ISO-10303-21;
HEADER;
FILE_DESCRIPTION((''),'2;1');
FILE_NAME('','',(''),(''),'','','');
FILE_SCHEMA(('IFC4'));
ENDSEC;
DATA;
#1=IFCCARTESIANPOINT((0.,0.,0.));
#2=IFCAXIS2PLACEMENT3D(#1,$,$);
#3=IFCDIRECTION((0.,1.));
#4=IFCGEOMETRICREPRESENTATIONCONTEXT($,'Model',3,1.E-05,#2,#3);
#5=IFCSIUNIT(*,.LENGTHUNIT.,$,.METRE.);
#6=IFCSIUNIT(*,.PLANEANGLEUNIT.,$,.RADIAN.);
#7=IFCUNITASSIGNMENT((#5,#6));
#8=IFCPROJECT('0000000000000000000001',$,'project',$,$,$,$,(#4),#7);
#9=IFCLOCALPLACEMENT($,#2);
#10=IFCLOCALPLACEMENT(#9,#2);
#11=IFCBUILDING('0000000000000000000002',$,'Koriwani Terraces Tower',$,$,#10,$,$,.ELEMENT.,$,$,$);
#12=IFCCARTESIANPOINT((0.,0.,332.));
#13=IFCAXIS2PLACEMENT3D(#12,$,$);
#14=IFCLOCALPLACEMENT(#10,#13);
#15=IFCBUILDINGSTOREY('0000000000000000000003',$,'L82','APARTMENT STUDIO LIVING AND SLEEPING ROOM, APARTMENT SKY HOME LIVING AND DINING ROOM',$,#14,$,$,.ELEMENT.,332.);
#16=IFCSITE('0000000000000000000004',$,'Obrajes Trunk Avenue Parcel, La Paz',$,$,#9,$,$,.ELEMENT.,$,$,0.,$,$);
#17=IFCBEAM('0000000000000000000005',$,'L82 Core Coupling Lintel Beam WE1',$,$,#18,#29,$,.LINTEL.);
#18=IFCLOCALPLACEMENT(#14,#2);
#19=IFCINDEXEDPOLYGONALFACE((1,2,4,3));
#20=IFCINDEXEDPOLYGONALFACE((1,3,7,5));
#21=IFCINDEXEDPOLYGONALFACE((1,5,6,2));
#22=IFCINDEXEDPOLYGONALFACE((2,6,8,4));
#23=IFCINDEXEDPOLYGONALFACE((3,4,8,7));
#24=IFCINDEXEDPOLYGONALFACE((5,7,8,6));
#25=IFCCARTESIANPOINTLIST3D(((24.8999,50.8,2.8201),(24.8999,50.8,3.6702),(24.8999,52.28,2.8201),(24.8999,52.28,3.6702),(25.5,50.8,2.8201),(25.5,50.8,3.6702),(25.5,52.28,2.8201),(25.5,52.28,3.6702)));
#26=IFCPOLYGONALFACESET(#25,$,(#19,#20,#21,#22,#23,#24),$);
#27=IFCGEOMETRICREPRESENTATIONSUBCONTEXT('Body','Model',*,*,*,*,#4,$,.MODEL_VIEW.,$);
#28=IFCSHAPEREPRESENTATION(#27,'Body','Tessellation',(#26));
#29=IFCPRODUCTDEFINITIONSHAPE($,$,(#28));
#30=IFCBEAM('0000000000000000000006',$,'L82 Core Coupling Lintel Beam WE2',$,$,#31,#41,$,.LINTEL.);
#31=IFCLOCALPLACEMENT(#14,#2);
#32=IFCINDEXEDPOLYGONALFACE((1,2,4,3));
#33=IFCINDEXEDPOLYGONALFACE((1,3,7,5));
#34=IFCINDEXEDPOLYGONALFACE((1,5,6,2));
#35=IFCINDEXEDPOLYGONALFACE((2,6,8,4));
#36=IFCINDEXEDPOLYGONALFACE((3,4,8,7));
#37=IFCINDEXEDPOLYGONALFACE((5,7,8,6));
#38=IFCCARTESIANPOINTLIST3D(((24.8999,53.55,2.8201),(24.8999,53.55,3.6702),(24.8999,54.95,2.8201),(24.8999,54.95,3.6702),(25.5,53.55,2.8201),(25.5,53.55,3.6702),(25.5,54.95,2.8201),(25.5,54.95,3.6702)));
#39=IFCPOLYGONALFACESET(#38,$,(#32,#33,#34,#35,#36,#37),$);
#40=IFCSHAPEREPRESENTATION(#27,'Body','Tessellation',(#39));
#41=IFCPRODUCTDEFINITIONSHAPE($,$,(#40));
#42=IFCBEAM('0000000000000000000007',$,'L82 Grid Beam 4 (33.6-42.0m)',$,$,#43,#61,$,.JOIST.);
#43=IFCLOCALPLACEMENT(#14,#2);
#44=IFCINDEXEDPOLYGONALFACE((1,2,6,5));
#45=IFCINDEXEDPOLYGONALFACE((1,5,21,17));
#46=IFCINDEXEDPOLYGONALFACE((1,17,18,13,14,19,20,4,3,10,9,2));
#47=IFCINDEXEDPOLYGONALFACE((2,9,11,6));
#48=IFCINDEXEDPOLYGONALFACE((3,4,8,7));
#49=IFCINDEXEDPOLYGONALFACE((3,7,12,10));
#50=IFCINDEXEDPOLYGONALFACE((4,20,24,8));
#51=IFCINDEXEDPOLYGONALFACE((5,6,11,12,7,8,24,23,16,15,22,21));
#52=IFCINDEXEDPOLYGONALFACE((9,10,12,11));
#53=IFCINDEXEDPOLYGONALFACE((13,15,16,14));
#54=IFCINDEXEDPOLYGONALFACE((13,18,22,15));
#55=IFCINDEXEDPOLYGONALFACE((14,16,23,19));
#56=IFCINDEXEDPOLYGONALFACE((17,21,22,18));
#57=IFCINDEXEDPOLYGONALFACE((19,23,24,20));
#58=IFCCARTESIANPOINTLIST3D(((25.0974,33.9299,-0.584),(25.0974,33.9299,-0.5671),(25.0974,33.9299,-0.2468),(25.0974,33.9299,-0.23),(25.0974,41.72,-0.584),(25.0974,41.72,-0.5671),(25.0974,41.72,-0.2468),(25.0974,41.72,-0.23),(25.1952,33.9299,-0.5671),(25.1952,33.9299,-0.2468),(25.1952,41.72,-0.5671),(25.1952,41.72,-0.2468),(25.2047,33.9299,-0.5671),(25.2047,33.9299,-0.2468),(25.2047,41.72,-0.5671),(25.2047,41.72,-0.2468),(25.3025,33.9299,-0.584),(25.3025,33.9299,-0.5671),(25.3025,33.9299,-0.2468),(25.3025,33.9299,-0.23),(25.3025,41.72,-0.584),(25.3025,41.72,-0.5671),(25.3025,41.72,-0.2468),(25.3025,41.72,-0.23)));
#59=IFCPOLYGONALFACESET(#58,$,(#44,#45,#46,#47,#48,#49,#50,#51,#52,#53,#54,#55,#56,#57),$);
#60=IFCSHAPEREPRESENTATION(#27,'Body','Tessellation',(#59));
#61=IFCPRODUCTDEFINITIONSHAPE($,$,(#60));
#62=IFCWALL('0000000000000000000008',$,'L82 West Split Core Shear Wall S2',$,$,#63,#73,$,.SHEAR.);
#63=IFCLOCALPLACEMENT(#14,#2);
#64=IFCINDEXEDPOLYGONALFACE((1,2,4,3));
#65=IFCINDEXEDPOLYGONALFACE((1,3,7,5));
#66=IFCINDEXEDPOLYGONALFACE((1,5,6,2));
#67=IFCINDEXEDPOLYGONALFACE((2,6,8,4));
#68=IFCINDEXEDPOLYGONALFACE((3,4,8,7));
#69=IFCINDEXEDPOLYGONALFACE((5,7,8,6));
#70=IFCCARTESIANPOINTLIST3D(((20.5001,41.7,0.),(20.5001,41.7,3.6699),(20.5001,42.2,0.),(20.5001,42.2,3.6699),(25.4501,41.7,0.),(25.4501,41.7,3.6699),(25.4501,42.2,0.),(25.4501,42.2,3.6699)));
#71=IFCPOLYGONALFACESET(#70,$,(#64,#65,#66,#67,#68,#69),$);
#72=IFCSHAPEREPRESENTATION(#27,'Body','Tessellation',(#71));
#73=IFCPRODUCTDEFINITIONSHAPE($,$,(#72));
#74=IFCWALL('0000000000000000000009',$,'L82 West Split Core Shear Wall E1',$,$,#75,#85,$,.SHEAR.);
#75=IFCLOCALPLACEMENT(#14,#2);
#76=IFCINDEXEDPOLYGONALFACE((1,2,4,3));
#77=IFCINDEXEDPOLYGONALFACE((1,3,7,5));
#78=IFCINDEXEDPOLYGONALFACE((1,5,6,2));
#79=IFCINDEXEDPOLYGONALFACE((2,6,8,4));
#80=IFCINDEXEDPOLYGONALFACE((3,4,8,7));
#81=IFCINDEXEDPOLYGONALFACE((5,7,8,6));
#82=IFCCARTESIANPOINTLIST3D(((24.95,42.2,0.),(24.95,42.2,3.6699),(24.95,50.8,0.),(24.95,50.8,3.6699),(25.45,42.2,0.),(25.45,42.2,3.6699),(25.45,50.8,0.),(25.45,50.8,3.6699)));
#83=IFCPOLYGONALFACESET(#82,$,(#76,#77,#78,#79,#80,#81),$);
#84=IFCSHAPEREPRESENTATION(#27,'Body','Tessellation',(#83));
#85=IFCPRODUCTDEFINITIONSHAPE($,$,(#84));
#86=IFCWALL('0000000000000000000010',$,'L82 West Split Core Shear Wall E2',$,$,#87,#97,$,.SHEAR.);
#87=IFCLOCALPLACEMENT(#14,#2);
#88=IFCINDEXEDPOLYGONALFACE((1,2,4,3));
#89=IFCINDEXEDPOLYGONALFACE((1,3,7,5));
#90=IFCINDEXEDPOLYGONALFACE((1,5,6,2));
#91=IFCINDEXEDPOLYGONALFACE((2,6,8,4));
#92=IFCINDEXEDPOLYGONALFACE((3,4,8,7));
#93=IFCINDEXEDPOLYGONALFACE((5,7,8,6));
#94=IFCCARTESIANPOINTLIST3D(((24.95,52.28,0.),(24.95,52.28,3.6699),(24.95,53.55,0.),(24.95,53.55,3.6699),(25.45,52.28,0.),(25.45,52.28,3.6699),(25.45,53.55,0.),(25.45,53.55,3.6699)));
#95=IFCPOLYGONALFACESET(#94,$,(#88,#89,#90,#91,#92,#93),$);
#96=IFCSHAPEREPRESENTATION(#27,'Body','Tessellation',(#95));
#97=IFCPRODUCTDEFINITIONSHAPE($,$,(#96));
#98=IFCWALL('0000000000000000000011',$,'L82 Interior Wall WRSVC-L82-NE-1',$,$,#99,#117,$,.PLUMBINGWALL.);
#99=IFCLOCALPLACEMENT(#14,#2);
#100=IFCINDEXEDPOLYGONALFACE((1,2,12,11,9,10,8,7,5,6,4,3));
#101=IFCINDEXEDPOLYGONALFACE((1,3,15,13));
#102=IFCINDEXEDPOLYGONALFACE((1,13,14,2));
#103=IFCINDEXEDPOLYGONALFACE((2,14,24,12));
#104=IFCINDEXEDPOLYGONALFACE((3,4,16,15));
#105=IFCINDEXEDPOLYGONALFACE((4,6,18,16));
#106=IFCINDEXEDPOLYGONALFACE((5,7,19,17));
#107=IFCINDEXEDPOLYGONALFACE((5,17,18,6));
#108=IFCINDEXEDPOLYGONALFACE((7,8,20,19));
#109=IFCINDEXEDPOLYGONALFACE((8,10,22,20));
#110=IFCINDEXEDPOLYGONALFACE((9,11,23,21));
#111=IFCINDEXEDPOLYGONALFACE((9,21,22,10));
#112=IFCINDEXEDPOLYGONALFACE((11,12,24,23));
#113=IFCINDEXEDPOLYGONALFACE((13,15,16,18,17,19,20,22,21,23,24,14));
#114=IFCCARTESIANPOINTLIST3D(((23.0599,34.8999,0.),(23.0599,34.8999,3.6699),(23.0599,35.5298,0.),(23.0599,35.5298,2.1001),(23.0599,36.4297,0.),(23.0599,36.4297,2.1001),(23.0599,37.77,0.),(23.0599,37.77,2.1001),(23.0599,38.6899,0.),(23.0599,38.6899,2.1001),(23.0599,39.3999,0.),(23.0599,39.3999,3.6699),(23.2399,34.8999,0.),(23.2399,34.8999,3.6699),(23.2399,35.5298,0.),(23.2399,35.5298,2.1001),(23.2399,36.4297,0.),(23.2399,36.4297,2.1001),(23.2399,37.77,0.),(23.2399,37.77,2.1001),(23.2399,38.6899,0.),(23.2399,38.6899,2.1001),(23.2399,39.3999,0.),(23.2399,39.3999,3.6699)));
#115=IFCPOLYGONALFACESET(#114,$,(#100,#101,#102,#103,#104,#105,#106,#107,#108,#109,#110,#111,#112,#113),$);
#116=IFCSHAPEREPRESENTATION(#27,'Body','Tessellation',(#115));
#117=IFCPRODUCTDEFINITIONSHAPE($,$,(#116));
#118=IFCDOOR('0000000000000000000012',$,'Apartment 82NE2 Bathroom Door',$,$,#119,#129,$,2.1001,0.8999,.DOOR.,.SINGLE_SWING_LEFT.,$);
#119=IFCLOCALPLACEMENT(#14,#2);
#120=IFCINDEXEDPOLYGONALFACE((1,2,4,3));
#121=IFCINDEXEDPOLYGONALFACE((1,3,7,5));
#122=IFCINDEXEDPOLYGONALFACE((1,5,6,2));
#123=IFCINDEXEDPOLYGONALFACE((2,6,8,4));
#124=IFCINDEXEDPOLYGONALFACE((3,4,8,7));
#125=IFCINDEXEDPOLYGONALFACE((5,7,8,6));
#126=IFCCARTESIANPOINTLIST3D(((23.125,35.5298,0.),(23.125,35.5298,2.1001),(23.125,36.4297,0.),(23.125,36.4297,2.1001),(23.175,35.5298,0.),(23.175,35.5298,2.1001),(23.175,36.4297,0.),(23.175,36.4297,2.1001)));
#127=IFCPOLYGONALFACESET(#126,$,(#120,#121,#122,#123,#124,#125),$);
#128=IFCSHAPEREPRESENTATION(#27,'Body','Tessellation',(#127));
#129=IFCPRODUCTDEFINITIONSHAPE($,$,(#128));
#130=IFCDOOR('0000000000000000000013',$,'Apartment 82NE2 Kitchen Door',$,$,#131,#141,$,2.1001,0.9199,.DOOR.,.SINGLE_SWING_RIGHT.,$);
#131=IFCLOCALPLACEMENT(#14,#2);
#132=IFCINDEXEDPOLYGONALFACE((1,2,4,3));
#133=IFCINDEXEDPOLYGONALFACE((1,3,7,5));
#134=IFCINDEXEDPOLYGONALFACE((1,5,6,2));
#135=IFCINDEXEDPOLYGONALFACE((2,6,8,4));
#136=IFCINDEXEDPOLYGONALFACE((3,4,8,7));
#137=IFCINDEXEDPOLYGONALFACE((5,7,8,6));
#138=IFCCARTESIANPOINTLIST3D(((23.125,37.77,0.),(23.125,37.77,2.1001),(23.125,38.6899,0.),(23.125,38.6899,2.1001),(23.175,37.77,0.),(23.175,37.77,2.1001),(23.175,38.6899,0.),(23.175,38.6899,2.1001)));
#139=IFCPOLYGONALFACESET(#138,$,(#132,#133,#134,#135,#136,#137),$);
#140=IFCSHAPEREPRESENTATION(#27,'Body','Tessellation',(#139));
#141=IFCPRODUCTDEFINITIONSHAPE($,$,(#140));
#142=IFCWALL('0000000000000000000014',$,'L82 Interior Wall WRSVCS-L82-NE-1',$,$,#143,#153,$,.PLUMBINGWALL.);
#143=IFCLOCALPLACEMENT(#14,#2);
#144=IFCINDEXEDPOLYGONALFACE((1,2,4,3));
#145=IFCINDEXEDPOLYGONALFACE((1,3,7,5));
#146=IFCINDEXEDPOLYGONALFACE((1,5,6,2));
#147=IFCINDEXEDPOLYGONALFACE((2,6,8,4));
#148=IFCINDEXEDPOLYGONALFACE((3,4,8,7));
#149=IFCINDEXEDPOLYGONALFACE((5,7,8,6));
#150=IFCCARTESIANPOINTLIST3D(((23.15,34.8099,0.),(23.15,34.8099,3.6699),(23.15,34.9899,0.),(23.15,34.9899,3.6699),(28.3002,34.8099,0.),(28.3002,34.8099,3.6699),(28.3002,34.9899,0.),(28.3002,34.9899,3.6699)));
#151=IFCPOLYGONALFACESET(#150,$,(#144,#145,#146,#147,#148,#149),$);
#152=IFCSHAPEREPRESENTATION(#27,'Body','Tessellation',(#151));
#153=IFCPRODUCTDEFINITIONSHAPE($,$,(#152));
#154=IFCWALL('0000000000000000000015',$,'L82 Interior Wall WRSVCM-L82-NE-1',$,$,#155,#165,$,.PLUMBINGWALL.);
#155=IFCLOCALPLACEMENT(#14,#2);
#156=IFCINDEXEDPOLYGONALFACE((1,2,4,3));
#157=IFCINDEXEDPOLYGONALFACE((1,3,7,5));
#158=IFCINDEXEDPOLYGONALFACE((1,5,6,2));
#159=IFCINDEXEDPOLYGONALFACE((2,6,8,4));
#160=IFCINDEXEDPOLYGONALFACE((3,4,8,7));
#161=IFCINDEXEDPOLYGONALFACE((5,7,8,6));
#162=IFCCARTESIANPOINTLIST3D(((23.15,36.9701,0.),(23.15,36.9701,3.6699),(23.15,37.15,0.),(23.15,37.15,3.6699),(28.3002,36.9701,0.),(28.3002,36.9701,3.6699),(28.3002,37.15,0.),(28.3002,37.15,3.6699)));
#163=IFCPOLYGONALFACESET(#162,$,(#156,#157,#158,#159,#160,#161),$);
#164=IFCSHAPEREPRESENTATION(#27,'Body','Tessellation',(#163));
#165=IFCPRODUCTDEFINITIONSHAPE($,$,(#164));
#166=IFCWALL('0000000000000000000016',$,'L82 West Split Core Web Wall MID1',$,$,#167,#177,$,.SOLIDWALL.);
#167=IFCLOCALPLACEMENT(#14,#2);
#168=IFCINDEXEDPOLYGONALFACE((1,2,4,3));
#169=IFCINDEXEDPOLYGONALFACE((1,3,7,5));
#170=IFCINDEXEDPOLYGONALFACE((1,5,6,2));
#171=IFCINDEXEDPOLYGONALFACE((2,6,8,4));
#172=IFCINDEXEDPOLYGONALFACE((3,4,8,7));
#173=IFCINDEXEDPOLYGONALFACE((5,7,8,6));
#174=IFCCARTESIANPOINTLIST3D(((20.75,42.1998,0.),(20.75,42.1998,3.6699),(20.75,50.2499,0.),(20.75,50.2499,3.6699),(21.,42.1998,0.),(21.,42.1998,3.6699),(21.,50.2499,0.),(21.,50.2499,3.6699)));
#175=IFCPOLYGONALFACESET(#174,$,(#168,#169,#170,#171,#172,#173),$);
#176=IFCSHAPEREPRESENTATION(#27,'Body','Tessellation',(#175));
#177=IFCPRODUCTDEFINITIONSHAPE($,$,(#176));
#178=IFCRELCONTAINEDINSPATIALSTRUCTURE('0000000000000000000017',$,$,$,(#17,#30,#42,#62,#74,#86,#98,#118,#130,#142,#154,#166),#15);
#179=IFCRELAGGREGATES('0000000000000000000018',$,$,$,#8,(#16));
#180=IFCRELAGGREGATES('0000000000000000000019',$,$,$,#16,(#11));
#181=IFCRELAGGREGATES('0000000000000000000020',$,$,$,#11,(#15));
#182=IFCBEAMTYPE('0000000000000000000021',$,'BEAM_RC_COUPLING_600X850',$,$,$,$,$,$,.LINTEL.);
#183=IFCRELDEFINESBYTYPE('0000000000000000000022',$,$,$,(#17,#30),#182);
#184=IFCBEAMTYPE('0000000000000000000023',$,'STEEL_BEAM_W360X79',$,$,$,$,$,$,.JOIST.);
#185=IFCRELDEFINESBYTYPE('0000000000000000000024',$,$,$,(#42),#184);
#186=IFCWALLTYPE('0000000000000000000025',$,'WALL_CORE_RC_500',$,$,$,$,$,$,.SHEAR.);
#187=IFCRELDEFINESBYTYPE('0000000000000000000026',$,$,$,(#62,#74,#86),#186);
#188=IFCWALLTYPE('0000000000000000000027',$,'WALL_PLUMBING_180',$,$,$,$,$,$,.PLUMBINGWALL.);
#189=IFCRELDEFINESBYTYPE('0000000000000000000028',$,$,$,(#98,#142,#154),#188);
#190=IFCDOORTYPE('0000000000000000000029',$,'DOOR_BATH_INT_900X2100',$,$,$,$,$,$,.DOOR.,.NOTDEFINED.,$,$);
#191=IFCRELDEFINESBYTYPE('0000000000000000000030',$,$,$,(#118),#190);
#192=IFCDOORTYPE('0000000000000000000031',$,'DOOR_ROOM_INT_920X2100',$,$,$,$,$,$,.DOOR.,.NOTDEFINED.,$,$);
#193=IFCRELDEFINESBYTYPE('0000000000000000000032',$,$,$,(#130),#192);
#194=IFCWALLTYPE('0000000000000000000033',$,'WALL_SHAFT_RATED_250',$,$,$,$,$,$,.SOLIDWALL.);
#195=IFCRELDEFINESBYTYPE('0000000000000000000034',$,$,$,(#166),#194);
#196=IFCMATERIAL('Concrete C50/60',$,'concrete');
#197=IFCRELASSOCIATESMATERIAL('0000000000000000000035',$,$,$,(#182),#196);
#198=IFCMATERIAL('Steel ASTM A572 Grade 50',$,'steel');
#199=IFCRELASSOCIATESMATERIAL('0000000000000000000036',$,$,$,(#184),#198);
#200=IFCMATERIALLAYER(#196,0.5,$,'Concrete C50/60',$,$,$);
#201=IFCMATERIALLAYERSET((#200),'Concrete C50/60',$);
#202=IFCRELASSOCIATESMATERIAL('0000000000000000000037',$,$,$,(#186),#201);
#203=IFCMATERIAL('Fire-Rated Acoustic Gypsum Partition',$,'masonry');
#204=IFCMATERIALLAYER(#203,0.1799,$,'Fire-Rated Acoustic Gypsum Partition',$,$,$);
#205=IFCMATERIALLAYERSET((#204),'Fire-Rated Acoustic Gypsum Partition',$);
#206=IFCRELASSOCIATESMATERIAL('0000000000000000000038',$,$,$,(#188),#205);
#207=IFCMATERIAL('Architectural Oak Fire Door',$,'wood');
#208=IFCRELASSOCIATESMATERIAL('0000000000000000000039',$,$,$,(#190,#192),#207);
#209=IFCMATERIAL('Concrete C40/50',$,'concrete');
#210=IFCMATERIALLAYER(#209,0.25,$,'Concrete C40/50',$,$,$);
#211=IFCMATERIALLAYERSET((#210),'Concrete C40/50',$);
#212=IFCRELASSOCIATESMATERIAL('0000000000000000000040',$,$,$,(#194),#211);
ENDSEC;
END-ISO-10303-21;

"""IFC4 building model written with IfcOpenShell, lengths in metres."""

from ifc_helpers import new_model, si_unit, direction, frame, frame_2d, origin, origin_2d, place, context, subcontext, project, spatial, rectangle, i_section, extrude, material, layer, layer_set, material_profile, profile_set, type_object, element, fill, save


model = new_model("IFC4")

# Units and contexts
model_context = context("Model", 3, precision=1e-05, world=origin(), true_north=direction((0.0, 1.0)))
body_context = subcontext(model_context, "Body", "Model", "MODEL_VIEW")
ifc_project = project(units=[si_unit("LENGTHUNIT", "METRE"), si_unit("PLANEANGLEUNIT", "RADIAN")], contexts=[model_context])

# Site, building, storey
site_placement = place(None, origin())
site = spatial("IfcSite", under=ifc_project, at=site_placement, Name="Obrajes Trunk Avenue Parcel, La Paz", CompositionType="ELEMENT", RefElevation=0.0)
building_placement = place(site_placement, origin())
building = spatial("IfcBuilding", under=site, at=building_placement, Name="Koriwani Terraces Tower", CompositionType="ELEMENT")
storey_placement = place(building_placement, frame((0.0, 0.0, 332.0)))
storey = spatial("IfcBuildingStorey", under=building, at=storey_placement, Name="L82", Description="APARTMENT STUDIO LIVING AND SLEEPING ROOM, APARTMENT SKY HOME LIVING AND DINING ROOM", CompositionType="ELEMENT", Elevation=332.0)

# Beams
ifc_material_1 = material(Name="Concrete C50/60", Category="concrete")
ifc_material_profile_1 = material_profile(ifc_material_1, rectangle(XDim=0.6001, YDim=0.8501, at=origin_2d()), Name="Concrete C50/60", Category="LoadBearing")
ifc_profile_set_1 = profile_set([ifc_material_profile_1], Name="Concrete C50/60")
beam_type_1 = type_object("IfcBeamType", Name="BEAM_RC_COUPLING_600X850", PredefinedType="LINTEL", material=ifc_profile_set_1)
beam_1_placement = place(storey_placement, frame((25.2, 50.8, 3.2451), z_axis=(0.0, 1.0, 0.0), x_axis=(-1.0, 0.0, 0.0)))
element("IfcBeam", 1, at=beam_1_placement, inside=storey, type_object=beam_type_1, Name="L82 Core Coupling Lintel Beam WE1", PredefinedType="LINTEL", context=body_context, shape_type="SweptSolid", body=[
    extrude(rectangle(XDim=0.6001, YDim=0.8501, at=origin_2d()), origin(), (0.0, 0.0, 1.0), 1.48),
])
beam_2_placement = place(storey_placement, frame((25.2, 53.55, 3.2451), z_axis=(0.0, 1.0, 0.0), x_axis=(-1.0, 0.0, 0.0)))
element("IfcBeam", 2, at=beam_2_placement, inside=storey, type_object=beam_type_1, Name="L82 Core Coupling Lintel Beam WE2", PredefinedType="LINTEL", context=body_context, shape_type="SweptSolid", body=[
    extrude(rectangle(XDim=0.6001, YDim=0.8501, at=origin_2d()), origin(), (0.0, 0.0, 1.0), 1.3999),
])
ifc_material_2 = material(Name="Steel ASTM A572 Grade 50", Category="steel")
ifc_material_profile_2 = material_profile(ifc_material_2, i_section(OverallWidth=0.2051, OverallDepth=0.354, WebThickness=0.0095, FlangeThickness=0.0168, at=origin_2d()), Name="Steel ASTM A572 Grade 50", Category="LoadBearing")
ifc_profile_set_2 = profile_set([ifc_material_profile_2], Name="Steel ASTM A572 Grade 50")
beam_type_2 = type_object("IfcBeamType", Name="STEEL_BEAM_W360X79", PredefinedType="JOIST", material=ifc_profile_set_2)
beam_3_placement = place(storey_placement, frame((25.2, 33.9299, -0.407), z_axis=(0.0, 1.0, 0.0), x_axis=(-1.0, 0.0, 0.0)))
element("IfcBeam", 3, at=beam_3_placement, inside=storey, type_object=beam_type_2, Name="L82 Grid Beam 4 (33.6-42.0m)", PredefinedType="JOIST", context=body_context, shape_type="SweptSolid", body=[
    extrude(i_section(OverallWidth=0.2051, OverallDepth=0.354, WebThickness=0.0095, FlangeThickness=0.0168, at=origin_2d()), origin(), (0.0, 0.0, 1.0), 7.79),
])

# Walls
ifc_layer_1 = layer(ifc_material_1, 0.5, Name="Concrete C50/60")
ifc_layer_set_1 = layer_set([ifc_layer_1], Name="Concrete C50/60")
wall_type_1 = type_object("IfcWallType", Name="WALL_CORE_RC_500", PredefinedType="SHEAR", material=ifc_layer_set_1)
wall_1_placement = place(storey_placement, frame((20.5, 41.95, 0.0), z_axis=(0.0, 0.0, 1.0), x_axis=(1.0, 0.0, 0.0)))
element("IfcWall", 4, at=wall_1_placement, inside=storey, type_object=wall_type_1, Name="L82 West Split Core Shear Wall S2", PredefinedType="SHEAR", context=body_context, shape_type="SweptSolid", body=[
    extrude(rectangle(XDim=4.95, YDim=0.5, at=frame_2d((2.4751, 0.0))), origin(), (0.0, 0.0, 1.0), 3.6699),
])
wall_2_placement = place(storey_placement, frame((25.2, 42.2, 0.0), z_axis=(0.0, 0.0, 1.0), x_axis=(0.0, 1.0, 0.0)))
element("IfcWall", 5, at=wall_2_placement, inside=storey, type_object=wall_type_1, Name="L82 West Split Core Shear Wall E1", PredefinedType="SHEAR", context=body_context, shape_type="SweptSolid", body=[
    extrude(rectangle(XDim=8.6001, YDim=0.5, at=frame_2d((4.3, 0.0))), origin(), (0.0, 0.0, 1.0), 3.6699),
])
wall_3_placement = place(storey_placement, frame((25.2, 52.28, 0.0), z_axis=(0.0, 0.0, 1.0), x_axis=(0.0, 1.0, 0.0)))
element("IfcWall", 6, at=wall_3_placement, inside=storey, type_object=wall_type_1, Name="L82 West Split Core Shear Wall E2", PredefinedType="SHEAR", context=body_context, shape_type="SweptSolid", body=[
    extrude(rectangle(XDim=1.27, YDim=0.5, at=frame_2d((0.635, 0.0))), origin(), (0.0, 0.0, 1.0), 3.6699),
])

# Wall, openings, doors
ifc_material_3 = material(Name="Fire-Rated Acoustic Gypsum Partition", Category="masonry")
ifc_layer_2 = layer(ifc_material_3, 0.1799, Name="Fire-Rated Acoustic Gypsum Partition")
ifc_layer_set_2 = layer_set([ifc_layer_2], Name="Fire-Rated Acoustic Gypsum Partition")
wall_type_2 = type_object("IfcWallType", Name="WALL_PLUMBING_180", PredefinedType="PLUMBINGWALL", material=ifc_layer_set_2)
wall_4_placement = place(storey_placement, frame((23.1499, 34.8999, 0.0), z_axis=(0.0, 0.0, 1.0), x_axis=(0.0, 1.0, 0.0)))
wall_4 = element("IfcWall", 7, at=wall_4_placement, inside=storey, type_object=wall_type_2, Name="L82 Interior Wall WRSVC-L82-NE-1", PredefinedType="PLUMBINGWALL", context=body_context, shape_type="SweptSolid", body=[
    extrude(rectangle(XDim=4.5, YDim=0.1799, at=frame_2d((2.25, 0.0))), origin(), (0.0, 0.0, 1.0), 3.6699),
])
opening_1_placement = place(wall_4_placement, frame((0.6299, 0.0, 0.0)))
opening_1 = element("IfcOpeningElement", 8, at=opening_1_placement, cuts=wall_4, PredefinedType="OPENING", context=body_context, shape_type="SweptSolid", body=[
    extrude(rectangle(XDim=0.8999, YDim=2.1001, at=frame_2d((0.45, 1.05))), frame((0.0, 0.1001, 0.0), z_axis=(0.0, -1.0, 0.0), x_axis=(1.0, 0.0, 0.0)), (0.0, 0.0, 1.0), 0.2),
])
opening_2_placement = place(wall_4_placement, frame((2.8701, 0.0, 0.0)))
opening_2 = element("IfcOpeningElement", 9, at=opening_2_placement, cuts=wall_4, PredefinedType="OPENING", context=body_context, shape_type="SweptSolid", body=[
    extrude(rectangle(XDim=0.9199, YDim=2.1001, at=frame_2d((0.46, 1.05))), frame((0.0, 0.1001, 0.0), z_axis=(0.0, -1.0, 0.0), x_axis=(1.0, 0.0, 0.0)), (0.0, 0.0, 1.0), 0.2),
])
ifc_material_4 = material(Name="Architectural Oak Fire Door", Category="wood")
door_type_1 = type_object("IfcDoorType", Name="DOOR_BATH_INT_900X2100", OperationType="NOTDEFINED", PredefinedType="DOOR", material=ifc_material_4)
door_1_placement = place(opening_1_placement, origin())
door_1 = element("IfcDoor", 10, at=door_1_placement, inside=storey, type_object=door_type_1, Name="Apartment 82NE2 Bathroom Door", OperationType="SINGLE_SWING_LEFT", OverallHeight=2.1001, OverallWidth=0.8999, PredefinedType="DOOR", context=body_context, shape_type="SweptSolid", body=[
    extrude(rectangle(XDim=0.8999, YDim=2.1001, at=frame_2d((0.45, 1.05))), frame((0.0, 0.0249, 0.0), z_axis=(0.0, -1.0, 0.0), x_axis=(1.0, 0.0, 0.0)), (0.0, 0.0, 1.0), 0.05),
])
fill(opening_1, door_1)
door_type_2 = type_object("IfcDoorType", Name="DOOR_ROOM_INT_920X2100", OperationType="NOTDEFINED", PredefinedType="DOOR", material=ifc_material_4)
door_2_placement = place(opening_2_placement, origin())
door_2 = element("IfcDoor", 11, at=door_2_placement, inside=storey, type_object=door_type_2, Name="Apartment 82NE2 Kitchen Door", OperationType="SINGLE_SWING_RIGHT", OverallHeight=2.1001, OverallWidth=0.9199, PredefinedType="DOOR", context=body_context, shape_type="SweptSolid", body=[
    extrude(rectangle(XDim=0.9199, YDim=2.1001, at=frame_2d((0.46, 1.05))), frame((0.0, 0.0249, 0.0), z_axis=(0.0, -1.0, 0.0), x_axis=(1.0, 0.0, 0.0)), (0.0, 0.0, 1.0), 0.05),
])
fill(opening_2, door_2)

# Walls
for number, where, z_axis, x_axis, name in (
    (12, (23.1499, 34.8999, 0.0), (0.0, 0.0, 1.0), (1.0, 0.0, 0.0), "L82 Interior Wall WRSVCS-L82-NE-1"),
    (13, (23.1499, 37.0601, 0.0), (0.0, 0.0, 1.0), (1.0, 0.0, 0.0), "L82 Interior Wall WRSVCM-L82-NE-1"),
):
    element("IfcWall", number, at=place(storey_placement, frame(where, z_axis=z_axis, x_axis=x_axis)), inside=storey, type_object=wall_type_2, Name=name, PredefinedType="PLUMBINGWALL", context=body_context, shape_type="SweptSolid", body=[
        extrude(rectangle(XDim=5.1501, YDim=0.1799, at=frame_2d((2.5752, 0.0))), origin(), (0.0, 0.0, 1.0), 3.6699),
    ])
ifc_material_5 = material(Name="Concrete C40/50", Category="concrete")
ifc_layer_3 = layer(ifc_material_5, 0.25, Name="Concrete C40/50")
ifc_layer_set_3 = layer_set([ifc_layer_3], Name="Concrete C40/50")
wall_type_3 = type_object("IfcWallType", Name="WALL_SHAFT_RATED_250", PredefinedType="SOLIDWALL", material=ifc_layer_set_3)
for number, where, z_axis, x_axis, name in (
    (14, (20.875, 42.2, 0.0), (0.0, 0.0, 1.0), (0.0, 1.0, 0.0), "L82 West Split Core Web Wall MID1"),
):
    element("IfcWall", number, at=place(storey_placement, frame(where, z_axis=z_axis, x_axis=x_axis)), inside=storey, type_object=wall_type_3, Name=name, PredefinedType="SOLIDWALL", context=body_context, shape_type="SweptSolid", body=[
        extrude(rectangle(XDim=8.05, YDim=0.25, at=frame_2d((4.0249, 0.0))), origin(), (0.0, 0.0, 1.0), 3.6699),
    ])

save(model, "model.ifc")
